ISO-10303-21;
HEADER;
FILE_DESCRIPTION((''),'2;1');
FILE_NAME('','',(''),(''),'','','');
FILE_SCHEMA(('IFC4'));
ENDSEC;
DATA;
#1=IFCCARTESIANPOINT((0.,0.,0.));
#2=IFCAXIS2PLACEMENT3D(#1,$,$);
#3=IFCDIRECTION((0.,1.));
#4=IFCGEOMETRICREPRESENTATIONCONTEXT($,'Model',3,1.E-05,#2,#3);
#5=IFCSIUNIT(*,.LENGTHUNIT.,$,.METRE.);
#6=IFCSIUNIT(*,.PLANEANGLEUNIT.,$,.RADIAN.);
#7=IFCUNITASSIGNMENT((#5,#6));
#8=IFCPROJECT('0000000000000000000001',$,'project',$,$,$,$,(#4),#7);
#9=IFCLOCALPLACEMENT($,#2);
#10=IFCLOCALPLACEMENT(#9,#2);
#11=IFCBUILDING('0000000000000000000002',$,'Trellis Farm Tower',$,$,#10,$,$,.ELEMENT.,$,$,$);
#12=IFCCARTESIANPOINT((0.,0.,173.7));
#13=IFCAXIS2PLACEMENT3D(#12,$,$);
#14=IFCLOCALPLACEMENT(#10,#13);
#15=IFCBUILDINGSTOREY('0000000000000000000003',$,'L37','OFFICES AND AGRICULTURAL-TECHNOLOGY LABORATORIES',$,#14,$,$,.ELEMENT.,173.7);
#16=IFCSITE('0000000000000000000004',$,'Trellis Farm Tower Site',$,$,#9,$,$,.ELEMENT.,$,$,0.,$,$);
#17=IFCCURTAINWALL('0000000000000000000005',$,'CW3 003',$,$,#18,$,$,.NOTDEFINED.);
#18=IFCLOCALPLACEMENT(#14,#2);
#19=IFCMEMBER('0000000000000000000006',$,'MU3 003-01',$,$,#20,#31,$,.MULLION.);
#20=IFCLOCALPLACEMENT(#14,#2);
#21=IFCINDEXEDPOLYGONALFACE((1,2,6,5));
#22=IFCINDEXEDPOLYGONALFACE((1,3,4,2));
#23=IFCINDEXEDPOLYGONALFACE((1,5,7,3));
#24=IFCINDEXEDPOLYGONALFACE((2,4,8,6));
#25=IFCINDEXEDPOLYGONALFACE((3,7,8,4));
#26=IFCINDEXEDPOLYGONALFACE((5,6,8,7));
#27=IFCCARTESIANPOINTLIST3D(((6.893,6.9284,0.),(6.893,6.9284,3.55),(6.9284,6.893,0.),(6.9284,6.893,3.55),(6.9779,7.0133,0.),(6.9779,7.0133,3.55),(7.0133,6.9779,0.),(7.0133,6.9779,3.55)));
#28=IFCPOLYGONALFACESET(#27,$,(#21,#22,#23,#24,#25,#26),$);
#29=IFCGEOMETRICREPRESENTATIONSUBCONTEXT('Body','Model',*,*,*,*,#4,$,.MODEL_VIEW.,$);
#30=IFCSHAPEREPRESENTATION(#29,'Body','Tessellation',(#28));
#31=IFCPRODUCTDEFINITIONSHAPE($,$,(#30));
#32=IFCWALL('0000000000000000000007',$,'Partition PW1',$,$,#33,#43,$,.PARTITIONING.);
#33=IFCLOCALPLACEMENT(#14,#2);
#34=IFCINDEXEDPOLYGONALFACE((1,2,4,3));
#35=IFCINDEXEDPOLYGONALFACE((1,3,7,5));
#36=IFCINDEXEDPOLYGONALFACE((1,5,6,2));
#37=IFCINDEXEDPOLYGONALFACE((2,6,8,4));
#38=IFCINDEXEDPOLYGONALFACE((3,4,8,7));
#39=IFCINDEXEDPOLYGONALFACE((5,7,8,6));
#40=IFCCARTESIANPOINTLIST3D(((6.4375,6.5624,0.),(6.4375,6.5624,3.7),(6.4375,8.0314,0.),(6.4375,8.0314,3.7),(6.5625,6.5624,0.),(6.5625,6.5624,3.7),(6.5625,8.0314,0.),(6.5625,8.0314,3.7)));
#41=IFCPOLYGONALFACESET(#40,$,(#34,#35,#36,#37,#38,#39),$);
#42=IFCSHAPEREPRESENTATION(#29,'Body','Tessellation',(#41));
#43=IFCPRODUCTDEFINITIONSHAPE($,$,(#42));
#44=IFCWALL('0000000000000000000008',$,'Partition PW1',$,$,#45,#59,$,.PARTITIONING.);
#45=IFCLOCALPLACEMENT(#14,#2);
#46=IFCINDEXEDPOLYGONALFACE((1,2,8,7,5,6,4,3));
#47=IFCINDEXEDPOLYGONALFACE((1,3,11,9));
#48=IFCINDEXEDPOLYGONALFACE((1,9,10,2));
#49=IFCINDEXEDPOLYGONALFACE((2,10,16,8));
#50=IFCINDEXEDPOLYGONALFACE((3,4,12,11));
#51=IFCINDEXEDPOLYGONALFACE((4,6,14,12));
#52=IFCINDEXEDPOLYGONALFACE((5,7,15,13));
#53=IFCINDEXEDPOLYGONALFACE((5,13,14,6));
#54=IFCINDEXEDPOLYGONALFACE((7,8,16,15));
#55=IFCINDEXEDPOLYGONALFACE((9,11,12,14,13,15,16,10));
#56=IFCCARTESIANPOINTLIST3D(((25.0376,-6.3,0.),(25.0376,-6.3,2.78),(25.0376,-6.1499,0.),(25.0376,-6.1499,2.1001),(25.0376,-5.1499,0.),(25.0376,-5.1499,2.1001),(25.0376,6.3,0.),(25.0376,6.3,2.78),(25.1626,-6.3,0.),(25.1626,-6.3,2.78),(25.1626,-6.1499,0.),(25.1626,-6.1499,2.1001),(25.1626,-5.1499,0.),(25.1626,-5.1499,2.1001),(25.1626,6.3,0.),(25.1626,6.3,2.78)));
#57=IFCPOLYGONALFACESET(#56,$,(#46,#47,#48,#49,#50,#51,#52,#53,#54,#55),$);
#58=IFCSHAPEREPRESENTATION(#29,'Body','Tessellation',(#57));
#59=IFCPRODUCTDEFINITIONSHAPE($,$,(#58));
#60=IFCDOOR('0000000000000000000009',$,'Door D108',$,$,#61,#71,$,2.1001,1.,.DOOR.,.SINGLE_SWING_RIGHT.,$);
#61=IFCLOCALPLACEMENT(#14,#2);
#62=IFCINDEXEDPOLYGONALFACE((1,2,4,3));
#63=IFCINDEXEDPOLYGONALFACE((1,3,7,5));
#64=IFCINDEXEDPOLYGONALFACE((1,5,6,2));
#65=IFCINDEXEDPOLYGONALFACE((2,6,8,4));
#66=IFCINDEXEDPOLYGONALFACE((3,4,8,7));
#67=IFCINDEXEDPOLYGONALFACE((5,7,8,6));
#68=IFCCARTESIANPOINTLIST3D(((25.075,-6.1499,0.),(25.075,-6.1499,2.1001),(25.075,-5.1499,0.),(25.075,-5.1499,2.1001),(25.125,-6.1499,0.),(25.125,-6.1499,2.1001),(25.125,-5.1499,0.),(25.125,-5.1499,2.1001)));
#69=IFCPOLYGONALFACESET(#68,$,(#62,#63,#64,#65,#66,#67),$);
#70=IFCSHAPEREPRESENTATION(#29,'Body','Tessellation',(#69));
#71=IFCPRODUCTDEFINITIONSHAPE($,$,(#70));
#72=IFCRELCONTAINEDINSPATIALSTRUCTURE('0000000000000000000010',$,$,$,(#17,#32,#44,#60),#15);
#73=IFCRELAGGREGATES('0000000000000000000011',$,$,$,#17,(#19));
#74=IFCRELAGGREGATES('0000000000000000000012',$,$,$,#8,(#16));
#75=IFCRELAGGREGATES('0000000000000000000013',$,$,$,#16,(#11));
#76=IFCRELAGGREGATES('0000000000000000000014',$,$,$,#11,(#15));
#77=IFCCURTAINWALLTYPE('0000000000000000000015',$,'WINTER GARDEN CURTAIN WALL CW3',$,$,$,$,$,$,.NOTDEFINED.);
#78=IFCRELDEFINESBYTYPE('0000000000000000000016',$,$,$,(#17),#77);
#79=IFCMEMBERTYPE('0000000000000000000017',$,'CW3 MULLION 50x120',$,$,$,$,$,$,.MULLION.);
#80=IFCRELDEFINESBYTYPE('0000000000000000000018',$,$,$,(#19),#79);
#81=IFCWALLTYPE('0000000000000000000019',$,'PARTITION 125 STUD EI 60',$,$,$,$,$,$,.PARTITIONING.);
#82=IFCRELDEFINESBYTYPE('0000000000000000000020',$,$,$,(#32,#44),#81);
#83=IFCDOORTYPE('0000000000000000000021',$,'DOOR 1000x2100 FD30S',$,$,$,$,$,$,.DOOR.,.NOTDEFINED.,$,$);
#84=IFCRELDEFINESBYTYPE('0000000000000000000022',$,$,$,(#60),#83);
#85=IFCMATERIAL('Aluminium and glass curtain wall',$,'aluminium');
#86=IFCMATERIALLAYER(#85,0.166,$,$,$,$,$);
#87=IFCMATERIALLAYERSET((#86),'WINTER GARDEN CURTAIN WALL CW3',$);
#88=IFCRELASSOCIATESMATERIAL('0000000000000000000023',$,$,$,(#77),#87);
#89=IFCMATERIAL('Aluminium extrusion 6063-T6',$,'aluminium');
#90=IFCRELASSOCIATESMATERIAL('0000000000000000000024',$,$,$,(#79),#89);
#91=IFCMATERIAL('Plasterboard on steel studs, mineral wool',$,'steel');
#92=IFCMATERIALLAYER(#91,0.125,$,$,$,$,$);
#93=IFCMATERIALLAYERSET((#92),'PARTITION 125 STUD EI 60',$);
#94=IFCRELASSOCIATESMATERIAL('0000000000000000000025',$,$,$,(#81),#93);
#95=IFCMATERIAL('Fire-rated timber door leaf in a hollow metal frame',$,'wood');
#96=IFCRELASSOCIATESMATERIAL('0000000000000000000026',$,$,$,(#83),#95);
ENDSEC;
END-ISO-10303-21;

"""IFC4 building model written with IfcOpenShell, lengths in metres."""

from ifc_helpers import new_model, si_unit, direction, frame, frame_2d, origin, origin_2d, place, context, subcontext, project, spatial, rectangle, extrude, source, transform, mapped, material, layer, layer_set, material_profile, profile_set, type_object, element, fill, aggregate, save


model = new_model("IFC4")

# Units and contexts
model_context = context("Model", 3, precision=1e-05, world=origin(), true_north=direction((0.0, 1.0)))
body_context = subcontext(model_context, "Body", "Model", "MODEL_VIEW")
ifc_project = project(units=[si_unit("LENGTHUNIT", "METRE"), si_unit("PLANEANGLEUNIT", "RADIAN")], contexts=[model_context])

# Site, building, storey
site_placement = place(None, origin())
site = spatial("IfcSite", under=ifc_project, at=site_placement, Name="Trellis Farm Tower Site", CompositionType="ELEMENT", RefElevation=0.0)
building_placement = place(site_placement, origin())
building = spatial("IfcBuilding", under=site, at=building_placement, Name="Trellis Farm Tower", CompositionType="ELEMENT")
storey_placement = place(building_placement, frame((0.0, 0.0, 173.7)))
storey = spatial("IfcBuildingStorey", under=building, at=storey_placement, Name="L37", Description="OFFICES AND AGRICULTURAL-TECHNOLOGY LABORATORIES", CompositionType="ELEMENT", Elevation=173.7)

# Shared definitions
ifc_material_1 = material(Name="Aluminium and glass curtain wall", Category="aluminium")
placement = place(storey_placement, origin())
ifc_material_2 = material(Name="Aluminium extrusion 6063-T6", Category="aluminium")

# Curtain wall, member
ifc_layer_1 = layer(ifc_material_1, 0.166)
ifc_layer_set_1 = layer_set([ifc_layer_1], Name="WINTER GARDEN CURTAIN WALL CW3")
curtain_wall_type_1 = type_object("IfcCurtainWallType", Name="WINTER GARDEN CURTAIN WALL CW3", PredefinedType="NOTDEFINED", material=ifc_layer_set_1)
curtain_wall_1 = element("IfcCurtainWall", 1, at=placement, inside=storey, type_object=curtain_wall_type_1, Name="CW3 003", PredefinedType="NOTDEFINED")
ifc_material_profile_1 = material_profile(ifc_material_2, rectangle(XDim=0.05, YDim=0.1201, at=origin_2d()), Name="MULLION 50x120")
ifc_profile_set_1 = profile_set([ifc_material_profile_1], Name="Aluminium extrusion 6063-T6")
member_type_1 = type_object("IfcMemberType", Name="CW3 MULLION 50x120", PredefinedType="MULLION", material=ifc_profile_set_1)
shared_shape_1 = source(origin(), body_context, "Body", "SweptSolid", [
    extrude(rectangle(XDim=0.05, YDim=0.1201, at=origin_2d()), origin(), (0.0, 0.0, 1.0), 3.55),
])
member_1_placement = place(storey_placement, frame((6.9531, 6.9531, 0.0), z_axis=(0.0, 0.0, 1.0), x_axis=(-0.707107, 0.707107, 0.0)))
member_1 = element("IfcMember", 2, at=member_1_placement, type_object=member_type_1, Name="MU3 003-01", PredefinedType="MULLION", context=body_context, shape_type="MappedRepresentation", body=[
    mapped(shared_shape_1, transform((0.0, 0.0, 0.0))),
])
aggregate(curtain_wall_1, [member_1])

# Wall
ifc_material_3 = material(Name="Plasterboard on steel studs, mineral wool", Category="steel")
ifc_layer_2 = layer(ifc_material_3, 0.125)
ifc_layer_set_2 = layer_set([ifc_layer_2], Name="PARTITION 125 STUD EI 60")
wall_type_1 = type_object("IfcWallType", Name="PARTITION 125 STUD EI 60", PredefinedType="PARTITIONING", material=ifc_layer_set_2)
shared_shape_2 = source(origin(), body_context, "Body", "SweptSolid", [
    extrude(rectangle(XDim=1.469, YDim=0.125, at=frame_2d((0.7344, 0.0))), origin(), (0.0, 0.0, 1.0), 3.7),
])
wall_1_placement = place(storey_placement, frame((6.5, 6.5625, 0.0), z_axis=(0.0, 0.0, 1.0), x_axis=(0.0, 1.0, 0.0)))
element("IfcWall", 3, at=wall_1_placement, inside=storey, type_object=wall_type_1, Name="Partition PW1", PredefinedType="PARTITIONING", context=body_context, shape_type="MappedRepresentation", body=[
    mapped(shared_shape_2, transform((0.0, 0.0, 0.0))),
])

# Wall, opening, door
shared_shape_3 = source(origin(), body_context, "Body", "SweptSolid", [
    extrude(rectangle(XDim=12.6001, YDim=0.125, at=frame_2d((6.3, 0.0))), origin(), (0.0, 0.0, 1.0), 2.78),
])
wall_2_placement = place(storey_placement, frame((25.1001, 6.3, 0.0), z_axis=(0.0, 0.0, 1.0), x_axis=(0.0, -1.0, 0.0)))
wall_2 = element("IfcWall", 4, at=wall_2_placement, inside=storey, type_object=wall_type_1, Name="Partition PW1", PredefinedType="PARTITIONING", context=body_context, shape_type="MappedRepresentation", body=[
    mapped(shared_shape_3, transform((0.0, 0.0, 0.0))),
])
shared_shape_4 = source(origin(), body_context, "Body", "SweptSolid", [
    extrude(rectangle(XDim=1.0, YDim=2.1001, at=frame_2d((0.5, 1.05))), frame((0.0, 0.0725, 0.0), z_axis=(0.0, -1.0, 0.0), x_axis=(1.0, 0.0, 0.0)), (0.0, 0.0, 1.0), 0.145),
])
opening_1_placement = place(wall_2_placement, frame((11.45, 0.0, 0.0)))
opening_1 = element("IfcOpeningElement", 5, at=opening_1_placement, cuts=wall_2, PredefinedType="OPENING", context=body_context, shape_type="MappedRepresentation", body=[
    mapped(shared_shape_4, transform((0.0, 0.0, 0.0))),
])
ifc_material_4 = material(Name="Fire-rated timber door leaf in a hollow metal frame", Category="wood")
door_type_1 = type_object("IfcDoorType", Name="DOOR 1000x2100 FD30S", OperationType="NOTDEFINED", PredefinedType="DOOR", material=ifc_material_4)
shared_shape_5 = source(origin(), body_context, "Body", "SweptSolid", [
    extrude(rectangle(XDim=1.0, YDim=2.1001, at=frame_2d((0.5, 1.05))), frame((0.0, 0.0249, 0.0), z_axis=(0.0, -1.0, 0.0), x_axis=(1.0, 0.0, 0.0)), (0.0, 0.0, 1.0), 0.05),
])
door_1_placement = place(opening_1_placement, origin())
door_1 = element("IfcDoor", 6, at=door_1_placement, inside=storey, type_object=door_type_1, Name="Door D108", OperationType="SINGLE_SWING_RIGHT", OverallHeight=2.1001, OverallWidth=1.0, PredefinedType="DOOR", context=body_context, shape_type="MappedRepresentation", body=[
    mapped(shared_shape_5, transform((0.0, 0.0, 0.0))),
])
fill(opening_1, door_1)

save(model, "model.ifc")
